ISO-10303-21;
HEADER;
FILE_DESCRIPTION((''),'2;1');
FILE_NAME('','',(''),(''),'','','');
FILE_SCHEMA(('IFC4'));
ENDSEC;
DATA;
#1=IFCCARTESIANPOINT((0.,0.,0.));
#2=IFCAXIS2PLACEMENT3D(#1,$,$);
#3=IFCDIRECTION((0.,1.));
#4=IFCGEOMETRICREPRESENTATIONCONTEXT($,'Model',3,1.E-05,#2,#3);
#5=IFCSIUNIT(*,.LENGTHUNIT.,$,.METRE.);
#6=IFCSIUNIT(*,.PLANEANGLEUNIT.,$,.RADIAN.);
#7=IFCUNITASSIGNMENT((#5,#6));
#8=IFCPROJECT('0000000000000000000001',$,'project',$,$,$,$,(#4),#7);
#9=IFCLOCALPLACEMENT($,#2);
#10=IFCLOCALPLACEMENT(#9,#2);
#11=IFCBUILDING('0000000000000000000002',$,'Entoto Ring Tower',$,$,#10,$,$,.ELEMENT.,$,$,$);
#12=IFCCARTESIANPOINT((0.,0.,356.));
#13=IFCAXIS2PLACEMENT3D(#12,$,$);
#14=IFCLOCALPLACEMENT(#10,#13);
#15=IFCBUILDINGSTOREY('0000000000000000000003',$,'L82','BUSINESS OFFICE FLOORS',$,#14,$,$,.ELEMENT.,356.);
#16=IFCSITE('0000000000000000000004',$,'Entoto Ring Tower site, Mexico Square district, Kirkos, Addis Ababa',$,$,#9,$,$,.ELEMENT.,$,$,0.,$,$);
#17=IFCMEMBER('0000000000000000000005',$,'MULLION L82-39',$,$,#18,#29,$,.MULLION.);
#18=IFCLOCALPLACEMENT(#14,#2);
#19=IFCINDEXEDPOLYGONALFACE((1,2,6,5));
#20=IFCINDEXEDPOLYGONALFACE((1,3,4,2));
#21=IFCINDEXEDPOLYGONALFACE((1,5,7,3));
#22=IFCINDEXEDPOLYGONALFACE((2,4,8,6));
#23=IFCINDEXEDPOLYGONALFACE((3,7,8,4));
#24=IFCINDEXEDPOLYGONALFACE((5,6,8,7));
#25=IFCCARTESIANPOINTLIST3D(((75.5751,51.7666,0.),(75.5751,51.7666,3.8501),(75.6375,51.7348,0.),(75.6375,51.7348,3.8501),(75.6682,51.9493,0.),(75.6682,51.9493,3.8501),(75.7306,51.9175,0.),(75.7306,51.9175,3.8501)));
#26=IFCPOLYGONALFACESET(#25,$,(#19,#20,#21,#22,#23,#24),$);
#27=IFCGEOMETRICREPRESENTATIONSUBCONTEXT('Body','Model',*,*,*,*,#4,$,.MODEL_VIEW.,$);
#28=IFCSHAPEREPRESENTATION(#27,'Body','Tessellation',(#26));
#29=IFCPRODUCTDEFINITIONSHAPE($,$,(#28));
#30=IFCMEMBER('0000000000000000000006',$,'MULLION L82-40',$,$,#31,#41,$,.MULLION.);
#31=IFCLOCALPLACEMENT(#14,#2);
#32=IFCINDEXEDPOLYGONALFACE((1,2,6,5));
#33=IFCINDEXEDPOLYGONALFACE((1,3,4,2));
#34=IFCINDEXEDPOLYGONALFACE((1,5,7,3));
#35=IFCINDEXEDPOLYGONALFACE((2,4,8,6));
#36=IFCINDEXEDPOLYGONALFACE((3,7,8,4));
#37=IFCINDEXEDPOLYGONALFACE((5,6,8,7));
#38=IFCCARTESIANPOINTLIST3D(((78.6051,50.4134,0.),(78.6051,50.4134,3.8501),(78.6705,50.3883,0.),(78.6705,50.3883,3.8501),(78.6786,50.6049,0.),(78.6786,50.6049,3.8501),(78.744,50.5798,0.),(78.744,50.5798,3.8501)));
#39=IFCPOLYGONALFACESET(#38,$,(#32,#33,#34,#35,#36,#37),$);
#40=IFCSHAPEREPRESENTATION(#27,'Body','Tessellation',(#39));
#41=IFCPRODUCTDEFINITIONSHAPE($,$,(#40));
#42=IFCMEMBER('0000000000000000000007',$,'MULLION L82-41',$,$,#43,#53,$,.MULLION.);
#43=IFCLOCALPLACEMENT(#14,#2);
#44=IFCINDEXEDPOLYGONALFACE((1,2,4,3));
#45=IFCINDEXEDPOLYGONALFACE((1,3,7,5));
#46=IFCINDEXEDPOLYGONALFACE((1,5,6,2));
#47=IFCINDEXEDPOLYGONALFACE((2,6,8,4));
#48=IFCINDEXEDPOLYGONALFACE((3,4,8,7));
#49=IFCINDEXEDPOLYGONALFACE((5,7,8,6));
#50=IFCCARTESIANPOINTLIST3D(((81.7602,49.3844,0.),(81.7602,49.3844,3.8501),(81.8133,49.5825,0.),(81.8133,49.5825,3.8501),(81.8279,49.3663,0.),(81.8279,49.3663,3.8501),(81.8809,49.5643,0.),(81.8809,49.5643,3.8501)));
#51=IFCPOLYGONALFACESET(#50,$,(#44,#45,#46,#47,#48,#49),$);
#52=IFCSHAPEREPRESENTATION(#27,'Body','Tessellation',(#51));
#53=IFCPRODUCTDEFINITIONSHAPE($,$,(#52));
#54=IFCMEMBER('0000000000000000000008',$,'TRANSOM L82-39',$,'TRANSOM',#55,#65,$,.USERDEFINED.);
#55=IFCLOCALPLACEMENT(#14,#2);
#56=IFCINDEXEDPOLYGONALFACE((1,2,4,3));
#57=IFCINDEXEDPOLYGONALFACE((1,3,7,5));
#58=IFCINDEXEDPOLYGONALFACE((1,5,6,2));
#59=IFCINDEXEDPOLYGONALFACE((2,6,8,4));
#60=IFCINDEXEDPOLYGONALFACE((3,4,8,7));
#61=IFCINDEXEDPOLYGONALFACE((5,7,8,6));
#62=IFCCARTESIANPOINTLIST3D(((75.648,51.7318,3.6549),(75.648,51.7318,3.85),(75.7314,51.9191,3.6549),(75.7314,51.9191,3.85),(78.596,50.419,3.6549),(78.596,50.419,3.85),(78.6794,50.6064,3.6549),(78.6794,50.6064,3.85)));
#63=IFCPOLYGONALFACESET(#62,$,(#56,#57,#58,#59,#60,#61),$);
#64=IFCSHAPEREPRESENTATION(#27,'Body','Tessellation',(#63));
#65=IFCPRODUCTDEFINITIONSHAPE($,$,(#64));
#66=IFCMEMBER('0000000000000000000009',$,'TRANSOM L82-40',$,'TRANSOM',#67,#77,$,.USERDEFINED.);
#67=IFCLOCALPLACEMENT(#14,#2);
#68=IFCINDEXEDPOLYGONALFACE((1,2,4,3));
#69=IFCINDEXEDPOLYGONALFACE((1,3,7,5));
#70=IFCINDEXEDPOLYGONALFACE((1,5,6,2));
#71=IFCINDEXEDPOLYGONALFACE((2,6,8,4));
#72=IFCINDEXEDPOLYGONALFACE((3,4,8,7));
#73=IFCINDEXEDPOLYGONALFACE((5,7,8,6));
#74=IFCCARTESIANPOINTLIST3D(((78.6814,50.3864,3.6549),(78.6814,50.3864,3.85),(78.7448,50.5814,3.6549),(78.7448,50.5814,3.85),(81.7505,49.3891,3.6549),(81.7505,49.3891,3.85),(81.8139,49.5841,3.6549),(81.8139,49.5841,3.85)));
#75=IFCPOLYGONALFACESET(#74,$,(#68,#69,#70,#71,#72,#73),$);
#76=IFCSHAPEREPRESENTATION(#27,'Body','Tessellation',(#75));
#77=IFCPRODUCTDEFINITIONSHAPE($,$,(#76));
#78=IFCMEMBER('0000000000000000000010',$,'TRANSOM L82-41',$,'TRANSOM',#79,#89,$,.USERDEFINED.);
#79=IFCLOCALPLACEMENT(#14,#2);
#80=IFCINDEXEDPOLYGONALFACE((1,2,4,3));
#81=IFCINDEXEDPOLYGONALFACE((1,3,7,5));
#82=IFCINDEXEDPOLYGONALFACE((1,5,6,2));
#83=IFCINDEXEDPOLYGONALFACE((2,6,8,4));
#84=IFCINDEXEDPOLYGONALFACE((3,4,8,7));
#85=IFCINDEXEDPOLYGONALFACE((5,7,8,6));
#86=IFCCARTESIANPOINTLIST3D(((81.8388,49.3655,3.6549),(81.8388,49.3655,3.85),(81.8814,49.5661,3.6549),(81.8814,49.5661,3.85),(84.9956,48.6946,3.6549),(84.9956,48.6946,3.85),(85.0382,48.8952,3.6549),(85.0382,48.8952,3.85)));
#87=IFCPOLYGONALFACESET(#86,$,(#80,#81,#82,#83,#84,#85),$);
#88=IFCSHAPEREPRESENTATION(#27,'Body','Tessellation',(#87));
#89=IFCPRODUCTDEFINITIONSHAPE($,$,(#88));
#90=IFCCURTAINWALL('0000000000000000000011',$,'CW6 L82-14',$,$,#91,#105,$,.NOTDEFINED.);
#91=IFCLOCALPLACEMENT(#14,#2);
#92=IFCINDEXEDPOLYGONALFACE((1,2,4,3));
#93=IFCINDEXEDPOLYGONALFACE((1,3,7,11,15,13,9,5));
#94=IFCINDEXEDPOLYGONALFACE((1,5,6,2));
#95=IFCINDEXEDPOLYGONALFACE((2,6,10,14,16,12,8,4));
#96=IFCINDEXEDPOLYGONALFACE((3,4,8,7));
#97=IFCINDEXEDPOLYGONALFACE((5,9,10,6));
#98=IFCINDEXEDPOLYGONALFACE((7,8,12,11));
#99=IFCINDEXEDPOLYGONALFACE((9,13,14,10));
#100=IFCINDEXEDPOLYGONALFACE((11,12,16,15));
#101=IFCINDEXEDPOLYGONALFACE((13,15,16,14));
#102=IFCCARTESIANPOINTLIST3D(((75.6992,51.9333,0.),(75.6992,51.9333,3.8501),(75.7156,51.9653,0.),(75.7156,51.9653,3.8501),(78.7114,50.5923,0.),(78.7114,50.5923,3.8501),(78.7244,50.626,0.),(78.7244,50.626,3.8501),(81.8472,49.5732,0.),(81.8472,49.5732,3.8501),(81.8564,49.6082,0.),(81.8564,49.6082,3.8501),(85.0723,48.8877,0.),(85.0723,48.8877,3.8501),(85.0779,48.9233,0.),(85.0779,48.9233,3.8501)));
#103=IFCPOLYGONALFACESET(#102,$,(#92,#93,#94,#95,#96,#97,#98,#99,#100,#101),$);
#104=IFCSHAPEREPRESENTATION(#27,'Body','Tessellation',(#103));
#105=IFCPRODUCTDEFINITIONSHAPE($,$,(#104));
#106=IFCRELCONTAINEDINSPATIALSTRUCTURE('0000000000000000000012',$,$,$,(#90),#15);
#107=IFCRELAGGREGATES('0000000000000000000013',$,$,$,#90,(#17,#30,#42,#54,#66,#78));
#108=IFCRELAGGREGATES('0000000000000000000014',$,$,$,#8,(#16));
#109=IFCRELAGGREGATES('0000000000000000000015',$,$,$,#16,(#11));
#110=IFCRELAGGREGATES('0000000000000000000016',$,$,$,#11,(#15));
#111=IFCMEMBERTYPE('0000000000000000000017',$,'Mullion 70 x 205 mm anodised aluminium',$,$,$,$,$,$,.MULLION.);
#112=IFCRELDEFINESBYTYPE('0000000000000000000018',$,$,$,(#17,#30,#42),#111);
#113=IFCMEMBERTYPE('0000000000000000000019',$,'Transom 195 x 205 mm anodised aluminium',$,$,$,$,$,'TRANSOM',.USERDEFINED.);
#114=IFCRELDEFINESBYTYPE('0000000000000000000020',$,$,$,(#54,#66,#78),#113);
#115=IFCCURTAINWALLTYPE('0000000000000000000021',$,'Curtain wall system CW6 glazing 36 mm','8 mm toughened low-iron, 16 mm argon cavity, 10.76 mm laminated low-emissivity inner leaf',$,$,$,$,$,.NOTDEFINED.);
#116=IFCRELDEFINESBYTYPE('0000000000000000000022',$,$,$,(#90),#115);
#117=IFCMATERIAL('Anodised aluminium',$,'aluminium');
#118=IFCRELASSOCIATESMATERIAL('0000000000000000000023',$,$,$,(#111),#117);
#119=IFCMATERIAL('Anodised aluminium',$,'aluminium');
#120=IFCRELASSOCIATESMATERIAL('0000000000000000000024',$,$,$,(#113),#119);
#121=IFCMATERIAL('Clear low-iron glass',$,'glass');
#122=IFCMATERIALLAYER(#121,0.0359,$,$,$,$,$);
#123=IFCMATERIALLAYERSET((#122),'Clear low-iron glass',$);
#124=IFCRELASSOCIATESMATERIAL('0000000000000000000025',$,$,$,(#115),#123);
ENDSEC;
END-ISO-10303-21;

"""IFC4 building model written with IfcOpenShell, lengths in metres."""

from ifc_helpers import new_model, si_unit, direction, frame, origin, origin_2d, place, context, subcontext, project, spatial, polyline, rectangle, outline, extrude, material, layer, layer_set, material_profile, profile_set, type_object, element, aggregate, save


model = new_model("IFC4")

# Units and contexts
model_context = context("Model", 3, precision=1e-05, world=origin(), true_north=direction((0.0, 1.0)))
body_context = subcontext(model_context, "Body", "Model", "MODEL_VIEW")
ifc_project = project(units=[si_unit("LENGTHUNIT", "METRE"), si_unit("PLANEANGLEUNIT", "RADIAN")], contexts=[model_context])

# Members
ifc_material_1 = material(Name="Anodised aluminium", Category="aluminium")
ifc_material_profile_1 = material_profile(ifc_material_1, rectangle(XDim=0.0701, YDim=0.2051, at=origin_2d()), Name="Mullion 70 x 205 mm anodised aluminium")
ifc_profile_set_1 = profile_set([ifc_material_profile_1], Name="Anodised aluminium")
member_type_1 = type_object("IfcMemberType", Name="Mullion 70 x 205 mm anodised aluminium", PredefinedType="MULLION", material=ifc_profile_set_1)
site_placement = place(None, origin())
building_placement = place(site_placement, origin())
storey_placement = place(building_placement, frame((0.0, 0.0, 356.0)))
member_1_placement = place(storey_placement, frame((75.6528, 51.842, 0.0), z_axis=(0.0, 0.0, 1.0), x_axis=(0.891007, -0.45399, 0.0)))
member_1 = element("IfcMember", 1, at=member_1_placement, type_object=member_type_1, Name="MULLION L82-39", PredefinedType="MULLION", context=body_context, shape_type="SweptSolid", body=[
    extrude(rectangle(XDim=0.0701, YDim=0.2051, at=origin_2d()), origin(), (0.0, 0.0, 1.0), 3.8501),
])
member_2_placement = place(storey_placement, frame((78.6746, 50.4966, 0.0), z_axis=(0.0, 0.0, 1.0), x_axis=(0.93358, -0.358368, 0.0)))
member_2 = element("IfcMember", 2, at=member_2_placement, type_object=member_type_1, Name="MULLION L82-40", PredefinedType="MULLION", context=body_context, shape_type="SweptSolid", body=[
    extrude(rectangle(XDim=0.0701, YDim=0.2051, at=origin_2d()), origin(), (0.0, 0.0, 1.0), 3.8501),
])
member_3_placement = place(storey_placement, frame((81.8206, 49.4744, 0.0), z_axis=(0.0, 0.0, 1.0), x_axis=(0.965926, -0.258819, 0.0)))
member_3 = element("IfcMember", 3, at=member_3_placement, type_object=member_type_1, Name="MULLION L82-41", PredefinedType="MULLION", context=body_context, shape_type="SweptSolid", body=[
    extrude(rectangle(XDim=0.0701, YDim=0.2051, at=origin_2d()), origin(), (0.0, 0.0, 1.0), 3.8501),
])
ifc_material_2 = material(Name="Anodised aluminium", Category="aluminium")
ifc_material_profile_2 = material_profile(ifc_material_2, rectangle(XDim=0.2051, YDim=0.1951, at=origin_2d()), Name="Transom 195 x 205 mm anodised aluminium")
ifc_profile_set_2 = profile_set([ifc_material_profile_2], Name="Anodised aluminium")
member_type_2 = type_object("IfcMemberType", Name="Transom 195 x 205 mm anodised aluminium", ElementType="TRANSOM", PredefinedType="USERDEFINED", material=ifc_profile_set_2)
member_4_placement = place(storey_placement, frame((75.6897, 51.8254, 3.7524), z_axis=(0.913521, -0.406791, 0.0), x_axis=(0.406791, 0.913521, 0.0)))
member_4 = element("IfcMember", 4, at=member_4_placement, type_object=member_type_2, Name="TRANSOM L82-39", ObjectType="TRANSOM", PredefinedType="USERDEFINED", context=body_context, shape_type="SweptSolid", body=[
    extrude(rectangle(XDim=0.2051, YDim=0.1951, at=origin_2d()), origin(), (0.0, 0.0, 1.0), 3.2271),
])
member_5_placement = place(storey_placement, frame((78.7131, 50.4839, 3.7524), z_axis=(0.951047, -0.309047, 0.0), x_axis=(0.309047, 0.951047, 0.0)))
member_5 = element("IfcMember", 5, at=member_5_placement, type_object=member_type_2, Name="TRANSOM L82-40", ObjectType="TRANSOM", PredefinedType="USERDEFINED", context=body_context, shape_type="SweptSolid", body=[
    extrude(rectangle(XDim=0.2051, YDim=0.1951, at=origin_2d()), origin(), (0.0, 0.0, 1.0), 3.2271),
])
member_6_placement = place(storey_placement, frame((81.8601, 49.4658, 3.7524), z_axis=(0.978153, -0.207886, 0.0), x_axis=(0.207886, 0.978153, 0.0)))
member_6 = element("IfcMember", 6, at=member_6_placement, type_object=member_type_2, Name="TRANSOM L82-41", ObjectType="TRANSOM", PredefinedType="USERDEFINED", context=body_context, shape_type="SweptSolid", body=[
    extrude(rectangle(XDim=0.2051, YDim=0.1951, at=origin_2d()), origin(), (0.0, 0.0, 1.0), 3.2273),
])

# Site, building, storey
site = spatial("IfcSite", under=ifc_project, at=site_placement, Name="Entoto Ring Tower site, Mexico Square district, Kirkos, Addis Ababa", CompositionType="ELEMENT", RefElevation=0.0)
building = spatial("IfcBuilding", under=site, at=building_placement, Name="Entoto Ring Tower", CompositionType="ELEMENT")
storey = spatial("IfcBuildingStorey", under=building, at=storey_placement, Name="L82", Description="BUSINESS OFFICE FLOORS", CompositionType="ELEMENT", Elevation=356.0)

# Curtain wall
ifc_material_3 = material(Name="Clear low-iron glass", Category="glass")
ifc_layer = layer(ifc_material_3, 0.0359)
ifc_layer_set = layer_set([ifc_layer], Name="Clear low-iron glass")
curtain_wall_type = type_object("IfcCurtainWallType", Name="Curtain wall system CW6 glazing 36 mm", Description="8 mm toughened low-iron, 16 mm argon cavity, 10.76 mm laminated low-emissivity inner leaf", PredefinedType="NOTDEFINED", material=ifc_layer_set)
curtain_wall_1_placement = place(storey_placement, origin())
curtain_wall_1 = element("IfcCurtainWall", 7, at=curtain_wall_1_placement, inside=storey, type_object=curtain_wall_type, Name="CW6 L82-14", PredefinedType="NOTDEFINED", context=body_context, shape_type="SweptSolid", body=[
    extrude(outline(polyline([(75.6992, 51.9333), (78.7114, 50.5923), (81.8472, 49.5732), (85.0723, 48.8877), (85.0779, 48.9233), (81.8564, 49.6082), (78.7244, 50.626), (75.7156, 51.9653), (75.6992, 51.9333)])), origin(), (0.0, 0.0, 1.0), 3.8501),
])
aggregate(curtain_wall_1, [member_1, member_2, member_3, member_4, member_5, member_6])

save(model, "model.ifc")
